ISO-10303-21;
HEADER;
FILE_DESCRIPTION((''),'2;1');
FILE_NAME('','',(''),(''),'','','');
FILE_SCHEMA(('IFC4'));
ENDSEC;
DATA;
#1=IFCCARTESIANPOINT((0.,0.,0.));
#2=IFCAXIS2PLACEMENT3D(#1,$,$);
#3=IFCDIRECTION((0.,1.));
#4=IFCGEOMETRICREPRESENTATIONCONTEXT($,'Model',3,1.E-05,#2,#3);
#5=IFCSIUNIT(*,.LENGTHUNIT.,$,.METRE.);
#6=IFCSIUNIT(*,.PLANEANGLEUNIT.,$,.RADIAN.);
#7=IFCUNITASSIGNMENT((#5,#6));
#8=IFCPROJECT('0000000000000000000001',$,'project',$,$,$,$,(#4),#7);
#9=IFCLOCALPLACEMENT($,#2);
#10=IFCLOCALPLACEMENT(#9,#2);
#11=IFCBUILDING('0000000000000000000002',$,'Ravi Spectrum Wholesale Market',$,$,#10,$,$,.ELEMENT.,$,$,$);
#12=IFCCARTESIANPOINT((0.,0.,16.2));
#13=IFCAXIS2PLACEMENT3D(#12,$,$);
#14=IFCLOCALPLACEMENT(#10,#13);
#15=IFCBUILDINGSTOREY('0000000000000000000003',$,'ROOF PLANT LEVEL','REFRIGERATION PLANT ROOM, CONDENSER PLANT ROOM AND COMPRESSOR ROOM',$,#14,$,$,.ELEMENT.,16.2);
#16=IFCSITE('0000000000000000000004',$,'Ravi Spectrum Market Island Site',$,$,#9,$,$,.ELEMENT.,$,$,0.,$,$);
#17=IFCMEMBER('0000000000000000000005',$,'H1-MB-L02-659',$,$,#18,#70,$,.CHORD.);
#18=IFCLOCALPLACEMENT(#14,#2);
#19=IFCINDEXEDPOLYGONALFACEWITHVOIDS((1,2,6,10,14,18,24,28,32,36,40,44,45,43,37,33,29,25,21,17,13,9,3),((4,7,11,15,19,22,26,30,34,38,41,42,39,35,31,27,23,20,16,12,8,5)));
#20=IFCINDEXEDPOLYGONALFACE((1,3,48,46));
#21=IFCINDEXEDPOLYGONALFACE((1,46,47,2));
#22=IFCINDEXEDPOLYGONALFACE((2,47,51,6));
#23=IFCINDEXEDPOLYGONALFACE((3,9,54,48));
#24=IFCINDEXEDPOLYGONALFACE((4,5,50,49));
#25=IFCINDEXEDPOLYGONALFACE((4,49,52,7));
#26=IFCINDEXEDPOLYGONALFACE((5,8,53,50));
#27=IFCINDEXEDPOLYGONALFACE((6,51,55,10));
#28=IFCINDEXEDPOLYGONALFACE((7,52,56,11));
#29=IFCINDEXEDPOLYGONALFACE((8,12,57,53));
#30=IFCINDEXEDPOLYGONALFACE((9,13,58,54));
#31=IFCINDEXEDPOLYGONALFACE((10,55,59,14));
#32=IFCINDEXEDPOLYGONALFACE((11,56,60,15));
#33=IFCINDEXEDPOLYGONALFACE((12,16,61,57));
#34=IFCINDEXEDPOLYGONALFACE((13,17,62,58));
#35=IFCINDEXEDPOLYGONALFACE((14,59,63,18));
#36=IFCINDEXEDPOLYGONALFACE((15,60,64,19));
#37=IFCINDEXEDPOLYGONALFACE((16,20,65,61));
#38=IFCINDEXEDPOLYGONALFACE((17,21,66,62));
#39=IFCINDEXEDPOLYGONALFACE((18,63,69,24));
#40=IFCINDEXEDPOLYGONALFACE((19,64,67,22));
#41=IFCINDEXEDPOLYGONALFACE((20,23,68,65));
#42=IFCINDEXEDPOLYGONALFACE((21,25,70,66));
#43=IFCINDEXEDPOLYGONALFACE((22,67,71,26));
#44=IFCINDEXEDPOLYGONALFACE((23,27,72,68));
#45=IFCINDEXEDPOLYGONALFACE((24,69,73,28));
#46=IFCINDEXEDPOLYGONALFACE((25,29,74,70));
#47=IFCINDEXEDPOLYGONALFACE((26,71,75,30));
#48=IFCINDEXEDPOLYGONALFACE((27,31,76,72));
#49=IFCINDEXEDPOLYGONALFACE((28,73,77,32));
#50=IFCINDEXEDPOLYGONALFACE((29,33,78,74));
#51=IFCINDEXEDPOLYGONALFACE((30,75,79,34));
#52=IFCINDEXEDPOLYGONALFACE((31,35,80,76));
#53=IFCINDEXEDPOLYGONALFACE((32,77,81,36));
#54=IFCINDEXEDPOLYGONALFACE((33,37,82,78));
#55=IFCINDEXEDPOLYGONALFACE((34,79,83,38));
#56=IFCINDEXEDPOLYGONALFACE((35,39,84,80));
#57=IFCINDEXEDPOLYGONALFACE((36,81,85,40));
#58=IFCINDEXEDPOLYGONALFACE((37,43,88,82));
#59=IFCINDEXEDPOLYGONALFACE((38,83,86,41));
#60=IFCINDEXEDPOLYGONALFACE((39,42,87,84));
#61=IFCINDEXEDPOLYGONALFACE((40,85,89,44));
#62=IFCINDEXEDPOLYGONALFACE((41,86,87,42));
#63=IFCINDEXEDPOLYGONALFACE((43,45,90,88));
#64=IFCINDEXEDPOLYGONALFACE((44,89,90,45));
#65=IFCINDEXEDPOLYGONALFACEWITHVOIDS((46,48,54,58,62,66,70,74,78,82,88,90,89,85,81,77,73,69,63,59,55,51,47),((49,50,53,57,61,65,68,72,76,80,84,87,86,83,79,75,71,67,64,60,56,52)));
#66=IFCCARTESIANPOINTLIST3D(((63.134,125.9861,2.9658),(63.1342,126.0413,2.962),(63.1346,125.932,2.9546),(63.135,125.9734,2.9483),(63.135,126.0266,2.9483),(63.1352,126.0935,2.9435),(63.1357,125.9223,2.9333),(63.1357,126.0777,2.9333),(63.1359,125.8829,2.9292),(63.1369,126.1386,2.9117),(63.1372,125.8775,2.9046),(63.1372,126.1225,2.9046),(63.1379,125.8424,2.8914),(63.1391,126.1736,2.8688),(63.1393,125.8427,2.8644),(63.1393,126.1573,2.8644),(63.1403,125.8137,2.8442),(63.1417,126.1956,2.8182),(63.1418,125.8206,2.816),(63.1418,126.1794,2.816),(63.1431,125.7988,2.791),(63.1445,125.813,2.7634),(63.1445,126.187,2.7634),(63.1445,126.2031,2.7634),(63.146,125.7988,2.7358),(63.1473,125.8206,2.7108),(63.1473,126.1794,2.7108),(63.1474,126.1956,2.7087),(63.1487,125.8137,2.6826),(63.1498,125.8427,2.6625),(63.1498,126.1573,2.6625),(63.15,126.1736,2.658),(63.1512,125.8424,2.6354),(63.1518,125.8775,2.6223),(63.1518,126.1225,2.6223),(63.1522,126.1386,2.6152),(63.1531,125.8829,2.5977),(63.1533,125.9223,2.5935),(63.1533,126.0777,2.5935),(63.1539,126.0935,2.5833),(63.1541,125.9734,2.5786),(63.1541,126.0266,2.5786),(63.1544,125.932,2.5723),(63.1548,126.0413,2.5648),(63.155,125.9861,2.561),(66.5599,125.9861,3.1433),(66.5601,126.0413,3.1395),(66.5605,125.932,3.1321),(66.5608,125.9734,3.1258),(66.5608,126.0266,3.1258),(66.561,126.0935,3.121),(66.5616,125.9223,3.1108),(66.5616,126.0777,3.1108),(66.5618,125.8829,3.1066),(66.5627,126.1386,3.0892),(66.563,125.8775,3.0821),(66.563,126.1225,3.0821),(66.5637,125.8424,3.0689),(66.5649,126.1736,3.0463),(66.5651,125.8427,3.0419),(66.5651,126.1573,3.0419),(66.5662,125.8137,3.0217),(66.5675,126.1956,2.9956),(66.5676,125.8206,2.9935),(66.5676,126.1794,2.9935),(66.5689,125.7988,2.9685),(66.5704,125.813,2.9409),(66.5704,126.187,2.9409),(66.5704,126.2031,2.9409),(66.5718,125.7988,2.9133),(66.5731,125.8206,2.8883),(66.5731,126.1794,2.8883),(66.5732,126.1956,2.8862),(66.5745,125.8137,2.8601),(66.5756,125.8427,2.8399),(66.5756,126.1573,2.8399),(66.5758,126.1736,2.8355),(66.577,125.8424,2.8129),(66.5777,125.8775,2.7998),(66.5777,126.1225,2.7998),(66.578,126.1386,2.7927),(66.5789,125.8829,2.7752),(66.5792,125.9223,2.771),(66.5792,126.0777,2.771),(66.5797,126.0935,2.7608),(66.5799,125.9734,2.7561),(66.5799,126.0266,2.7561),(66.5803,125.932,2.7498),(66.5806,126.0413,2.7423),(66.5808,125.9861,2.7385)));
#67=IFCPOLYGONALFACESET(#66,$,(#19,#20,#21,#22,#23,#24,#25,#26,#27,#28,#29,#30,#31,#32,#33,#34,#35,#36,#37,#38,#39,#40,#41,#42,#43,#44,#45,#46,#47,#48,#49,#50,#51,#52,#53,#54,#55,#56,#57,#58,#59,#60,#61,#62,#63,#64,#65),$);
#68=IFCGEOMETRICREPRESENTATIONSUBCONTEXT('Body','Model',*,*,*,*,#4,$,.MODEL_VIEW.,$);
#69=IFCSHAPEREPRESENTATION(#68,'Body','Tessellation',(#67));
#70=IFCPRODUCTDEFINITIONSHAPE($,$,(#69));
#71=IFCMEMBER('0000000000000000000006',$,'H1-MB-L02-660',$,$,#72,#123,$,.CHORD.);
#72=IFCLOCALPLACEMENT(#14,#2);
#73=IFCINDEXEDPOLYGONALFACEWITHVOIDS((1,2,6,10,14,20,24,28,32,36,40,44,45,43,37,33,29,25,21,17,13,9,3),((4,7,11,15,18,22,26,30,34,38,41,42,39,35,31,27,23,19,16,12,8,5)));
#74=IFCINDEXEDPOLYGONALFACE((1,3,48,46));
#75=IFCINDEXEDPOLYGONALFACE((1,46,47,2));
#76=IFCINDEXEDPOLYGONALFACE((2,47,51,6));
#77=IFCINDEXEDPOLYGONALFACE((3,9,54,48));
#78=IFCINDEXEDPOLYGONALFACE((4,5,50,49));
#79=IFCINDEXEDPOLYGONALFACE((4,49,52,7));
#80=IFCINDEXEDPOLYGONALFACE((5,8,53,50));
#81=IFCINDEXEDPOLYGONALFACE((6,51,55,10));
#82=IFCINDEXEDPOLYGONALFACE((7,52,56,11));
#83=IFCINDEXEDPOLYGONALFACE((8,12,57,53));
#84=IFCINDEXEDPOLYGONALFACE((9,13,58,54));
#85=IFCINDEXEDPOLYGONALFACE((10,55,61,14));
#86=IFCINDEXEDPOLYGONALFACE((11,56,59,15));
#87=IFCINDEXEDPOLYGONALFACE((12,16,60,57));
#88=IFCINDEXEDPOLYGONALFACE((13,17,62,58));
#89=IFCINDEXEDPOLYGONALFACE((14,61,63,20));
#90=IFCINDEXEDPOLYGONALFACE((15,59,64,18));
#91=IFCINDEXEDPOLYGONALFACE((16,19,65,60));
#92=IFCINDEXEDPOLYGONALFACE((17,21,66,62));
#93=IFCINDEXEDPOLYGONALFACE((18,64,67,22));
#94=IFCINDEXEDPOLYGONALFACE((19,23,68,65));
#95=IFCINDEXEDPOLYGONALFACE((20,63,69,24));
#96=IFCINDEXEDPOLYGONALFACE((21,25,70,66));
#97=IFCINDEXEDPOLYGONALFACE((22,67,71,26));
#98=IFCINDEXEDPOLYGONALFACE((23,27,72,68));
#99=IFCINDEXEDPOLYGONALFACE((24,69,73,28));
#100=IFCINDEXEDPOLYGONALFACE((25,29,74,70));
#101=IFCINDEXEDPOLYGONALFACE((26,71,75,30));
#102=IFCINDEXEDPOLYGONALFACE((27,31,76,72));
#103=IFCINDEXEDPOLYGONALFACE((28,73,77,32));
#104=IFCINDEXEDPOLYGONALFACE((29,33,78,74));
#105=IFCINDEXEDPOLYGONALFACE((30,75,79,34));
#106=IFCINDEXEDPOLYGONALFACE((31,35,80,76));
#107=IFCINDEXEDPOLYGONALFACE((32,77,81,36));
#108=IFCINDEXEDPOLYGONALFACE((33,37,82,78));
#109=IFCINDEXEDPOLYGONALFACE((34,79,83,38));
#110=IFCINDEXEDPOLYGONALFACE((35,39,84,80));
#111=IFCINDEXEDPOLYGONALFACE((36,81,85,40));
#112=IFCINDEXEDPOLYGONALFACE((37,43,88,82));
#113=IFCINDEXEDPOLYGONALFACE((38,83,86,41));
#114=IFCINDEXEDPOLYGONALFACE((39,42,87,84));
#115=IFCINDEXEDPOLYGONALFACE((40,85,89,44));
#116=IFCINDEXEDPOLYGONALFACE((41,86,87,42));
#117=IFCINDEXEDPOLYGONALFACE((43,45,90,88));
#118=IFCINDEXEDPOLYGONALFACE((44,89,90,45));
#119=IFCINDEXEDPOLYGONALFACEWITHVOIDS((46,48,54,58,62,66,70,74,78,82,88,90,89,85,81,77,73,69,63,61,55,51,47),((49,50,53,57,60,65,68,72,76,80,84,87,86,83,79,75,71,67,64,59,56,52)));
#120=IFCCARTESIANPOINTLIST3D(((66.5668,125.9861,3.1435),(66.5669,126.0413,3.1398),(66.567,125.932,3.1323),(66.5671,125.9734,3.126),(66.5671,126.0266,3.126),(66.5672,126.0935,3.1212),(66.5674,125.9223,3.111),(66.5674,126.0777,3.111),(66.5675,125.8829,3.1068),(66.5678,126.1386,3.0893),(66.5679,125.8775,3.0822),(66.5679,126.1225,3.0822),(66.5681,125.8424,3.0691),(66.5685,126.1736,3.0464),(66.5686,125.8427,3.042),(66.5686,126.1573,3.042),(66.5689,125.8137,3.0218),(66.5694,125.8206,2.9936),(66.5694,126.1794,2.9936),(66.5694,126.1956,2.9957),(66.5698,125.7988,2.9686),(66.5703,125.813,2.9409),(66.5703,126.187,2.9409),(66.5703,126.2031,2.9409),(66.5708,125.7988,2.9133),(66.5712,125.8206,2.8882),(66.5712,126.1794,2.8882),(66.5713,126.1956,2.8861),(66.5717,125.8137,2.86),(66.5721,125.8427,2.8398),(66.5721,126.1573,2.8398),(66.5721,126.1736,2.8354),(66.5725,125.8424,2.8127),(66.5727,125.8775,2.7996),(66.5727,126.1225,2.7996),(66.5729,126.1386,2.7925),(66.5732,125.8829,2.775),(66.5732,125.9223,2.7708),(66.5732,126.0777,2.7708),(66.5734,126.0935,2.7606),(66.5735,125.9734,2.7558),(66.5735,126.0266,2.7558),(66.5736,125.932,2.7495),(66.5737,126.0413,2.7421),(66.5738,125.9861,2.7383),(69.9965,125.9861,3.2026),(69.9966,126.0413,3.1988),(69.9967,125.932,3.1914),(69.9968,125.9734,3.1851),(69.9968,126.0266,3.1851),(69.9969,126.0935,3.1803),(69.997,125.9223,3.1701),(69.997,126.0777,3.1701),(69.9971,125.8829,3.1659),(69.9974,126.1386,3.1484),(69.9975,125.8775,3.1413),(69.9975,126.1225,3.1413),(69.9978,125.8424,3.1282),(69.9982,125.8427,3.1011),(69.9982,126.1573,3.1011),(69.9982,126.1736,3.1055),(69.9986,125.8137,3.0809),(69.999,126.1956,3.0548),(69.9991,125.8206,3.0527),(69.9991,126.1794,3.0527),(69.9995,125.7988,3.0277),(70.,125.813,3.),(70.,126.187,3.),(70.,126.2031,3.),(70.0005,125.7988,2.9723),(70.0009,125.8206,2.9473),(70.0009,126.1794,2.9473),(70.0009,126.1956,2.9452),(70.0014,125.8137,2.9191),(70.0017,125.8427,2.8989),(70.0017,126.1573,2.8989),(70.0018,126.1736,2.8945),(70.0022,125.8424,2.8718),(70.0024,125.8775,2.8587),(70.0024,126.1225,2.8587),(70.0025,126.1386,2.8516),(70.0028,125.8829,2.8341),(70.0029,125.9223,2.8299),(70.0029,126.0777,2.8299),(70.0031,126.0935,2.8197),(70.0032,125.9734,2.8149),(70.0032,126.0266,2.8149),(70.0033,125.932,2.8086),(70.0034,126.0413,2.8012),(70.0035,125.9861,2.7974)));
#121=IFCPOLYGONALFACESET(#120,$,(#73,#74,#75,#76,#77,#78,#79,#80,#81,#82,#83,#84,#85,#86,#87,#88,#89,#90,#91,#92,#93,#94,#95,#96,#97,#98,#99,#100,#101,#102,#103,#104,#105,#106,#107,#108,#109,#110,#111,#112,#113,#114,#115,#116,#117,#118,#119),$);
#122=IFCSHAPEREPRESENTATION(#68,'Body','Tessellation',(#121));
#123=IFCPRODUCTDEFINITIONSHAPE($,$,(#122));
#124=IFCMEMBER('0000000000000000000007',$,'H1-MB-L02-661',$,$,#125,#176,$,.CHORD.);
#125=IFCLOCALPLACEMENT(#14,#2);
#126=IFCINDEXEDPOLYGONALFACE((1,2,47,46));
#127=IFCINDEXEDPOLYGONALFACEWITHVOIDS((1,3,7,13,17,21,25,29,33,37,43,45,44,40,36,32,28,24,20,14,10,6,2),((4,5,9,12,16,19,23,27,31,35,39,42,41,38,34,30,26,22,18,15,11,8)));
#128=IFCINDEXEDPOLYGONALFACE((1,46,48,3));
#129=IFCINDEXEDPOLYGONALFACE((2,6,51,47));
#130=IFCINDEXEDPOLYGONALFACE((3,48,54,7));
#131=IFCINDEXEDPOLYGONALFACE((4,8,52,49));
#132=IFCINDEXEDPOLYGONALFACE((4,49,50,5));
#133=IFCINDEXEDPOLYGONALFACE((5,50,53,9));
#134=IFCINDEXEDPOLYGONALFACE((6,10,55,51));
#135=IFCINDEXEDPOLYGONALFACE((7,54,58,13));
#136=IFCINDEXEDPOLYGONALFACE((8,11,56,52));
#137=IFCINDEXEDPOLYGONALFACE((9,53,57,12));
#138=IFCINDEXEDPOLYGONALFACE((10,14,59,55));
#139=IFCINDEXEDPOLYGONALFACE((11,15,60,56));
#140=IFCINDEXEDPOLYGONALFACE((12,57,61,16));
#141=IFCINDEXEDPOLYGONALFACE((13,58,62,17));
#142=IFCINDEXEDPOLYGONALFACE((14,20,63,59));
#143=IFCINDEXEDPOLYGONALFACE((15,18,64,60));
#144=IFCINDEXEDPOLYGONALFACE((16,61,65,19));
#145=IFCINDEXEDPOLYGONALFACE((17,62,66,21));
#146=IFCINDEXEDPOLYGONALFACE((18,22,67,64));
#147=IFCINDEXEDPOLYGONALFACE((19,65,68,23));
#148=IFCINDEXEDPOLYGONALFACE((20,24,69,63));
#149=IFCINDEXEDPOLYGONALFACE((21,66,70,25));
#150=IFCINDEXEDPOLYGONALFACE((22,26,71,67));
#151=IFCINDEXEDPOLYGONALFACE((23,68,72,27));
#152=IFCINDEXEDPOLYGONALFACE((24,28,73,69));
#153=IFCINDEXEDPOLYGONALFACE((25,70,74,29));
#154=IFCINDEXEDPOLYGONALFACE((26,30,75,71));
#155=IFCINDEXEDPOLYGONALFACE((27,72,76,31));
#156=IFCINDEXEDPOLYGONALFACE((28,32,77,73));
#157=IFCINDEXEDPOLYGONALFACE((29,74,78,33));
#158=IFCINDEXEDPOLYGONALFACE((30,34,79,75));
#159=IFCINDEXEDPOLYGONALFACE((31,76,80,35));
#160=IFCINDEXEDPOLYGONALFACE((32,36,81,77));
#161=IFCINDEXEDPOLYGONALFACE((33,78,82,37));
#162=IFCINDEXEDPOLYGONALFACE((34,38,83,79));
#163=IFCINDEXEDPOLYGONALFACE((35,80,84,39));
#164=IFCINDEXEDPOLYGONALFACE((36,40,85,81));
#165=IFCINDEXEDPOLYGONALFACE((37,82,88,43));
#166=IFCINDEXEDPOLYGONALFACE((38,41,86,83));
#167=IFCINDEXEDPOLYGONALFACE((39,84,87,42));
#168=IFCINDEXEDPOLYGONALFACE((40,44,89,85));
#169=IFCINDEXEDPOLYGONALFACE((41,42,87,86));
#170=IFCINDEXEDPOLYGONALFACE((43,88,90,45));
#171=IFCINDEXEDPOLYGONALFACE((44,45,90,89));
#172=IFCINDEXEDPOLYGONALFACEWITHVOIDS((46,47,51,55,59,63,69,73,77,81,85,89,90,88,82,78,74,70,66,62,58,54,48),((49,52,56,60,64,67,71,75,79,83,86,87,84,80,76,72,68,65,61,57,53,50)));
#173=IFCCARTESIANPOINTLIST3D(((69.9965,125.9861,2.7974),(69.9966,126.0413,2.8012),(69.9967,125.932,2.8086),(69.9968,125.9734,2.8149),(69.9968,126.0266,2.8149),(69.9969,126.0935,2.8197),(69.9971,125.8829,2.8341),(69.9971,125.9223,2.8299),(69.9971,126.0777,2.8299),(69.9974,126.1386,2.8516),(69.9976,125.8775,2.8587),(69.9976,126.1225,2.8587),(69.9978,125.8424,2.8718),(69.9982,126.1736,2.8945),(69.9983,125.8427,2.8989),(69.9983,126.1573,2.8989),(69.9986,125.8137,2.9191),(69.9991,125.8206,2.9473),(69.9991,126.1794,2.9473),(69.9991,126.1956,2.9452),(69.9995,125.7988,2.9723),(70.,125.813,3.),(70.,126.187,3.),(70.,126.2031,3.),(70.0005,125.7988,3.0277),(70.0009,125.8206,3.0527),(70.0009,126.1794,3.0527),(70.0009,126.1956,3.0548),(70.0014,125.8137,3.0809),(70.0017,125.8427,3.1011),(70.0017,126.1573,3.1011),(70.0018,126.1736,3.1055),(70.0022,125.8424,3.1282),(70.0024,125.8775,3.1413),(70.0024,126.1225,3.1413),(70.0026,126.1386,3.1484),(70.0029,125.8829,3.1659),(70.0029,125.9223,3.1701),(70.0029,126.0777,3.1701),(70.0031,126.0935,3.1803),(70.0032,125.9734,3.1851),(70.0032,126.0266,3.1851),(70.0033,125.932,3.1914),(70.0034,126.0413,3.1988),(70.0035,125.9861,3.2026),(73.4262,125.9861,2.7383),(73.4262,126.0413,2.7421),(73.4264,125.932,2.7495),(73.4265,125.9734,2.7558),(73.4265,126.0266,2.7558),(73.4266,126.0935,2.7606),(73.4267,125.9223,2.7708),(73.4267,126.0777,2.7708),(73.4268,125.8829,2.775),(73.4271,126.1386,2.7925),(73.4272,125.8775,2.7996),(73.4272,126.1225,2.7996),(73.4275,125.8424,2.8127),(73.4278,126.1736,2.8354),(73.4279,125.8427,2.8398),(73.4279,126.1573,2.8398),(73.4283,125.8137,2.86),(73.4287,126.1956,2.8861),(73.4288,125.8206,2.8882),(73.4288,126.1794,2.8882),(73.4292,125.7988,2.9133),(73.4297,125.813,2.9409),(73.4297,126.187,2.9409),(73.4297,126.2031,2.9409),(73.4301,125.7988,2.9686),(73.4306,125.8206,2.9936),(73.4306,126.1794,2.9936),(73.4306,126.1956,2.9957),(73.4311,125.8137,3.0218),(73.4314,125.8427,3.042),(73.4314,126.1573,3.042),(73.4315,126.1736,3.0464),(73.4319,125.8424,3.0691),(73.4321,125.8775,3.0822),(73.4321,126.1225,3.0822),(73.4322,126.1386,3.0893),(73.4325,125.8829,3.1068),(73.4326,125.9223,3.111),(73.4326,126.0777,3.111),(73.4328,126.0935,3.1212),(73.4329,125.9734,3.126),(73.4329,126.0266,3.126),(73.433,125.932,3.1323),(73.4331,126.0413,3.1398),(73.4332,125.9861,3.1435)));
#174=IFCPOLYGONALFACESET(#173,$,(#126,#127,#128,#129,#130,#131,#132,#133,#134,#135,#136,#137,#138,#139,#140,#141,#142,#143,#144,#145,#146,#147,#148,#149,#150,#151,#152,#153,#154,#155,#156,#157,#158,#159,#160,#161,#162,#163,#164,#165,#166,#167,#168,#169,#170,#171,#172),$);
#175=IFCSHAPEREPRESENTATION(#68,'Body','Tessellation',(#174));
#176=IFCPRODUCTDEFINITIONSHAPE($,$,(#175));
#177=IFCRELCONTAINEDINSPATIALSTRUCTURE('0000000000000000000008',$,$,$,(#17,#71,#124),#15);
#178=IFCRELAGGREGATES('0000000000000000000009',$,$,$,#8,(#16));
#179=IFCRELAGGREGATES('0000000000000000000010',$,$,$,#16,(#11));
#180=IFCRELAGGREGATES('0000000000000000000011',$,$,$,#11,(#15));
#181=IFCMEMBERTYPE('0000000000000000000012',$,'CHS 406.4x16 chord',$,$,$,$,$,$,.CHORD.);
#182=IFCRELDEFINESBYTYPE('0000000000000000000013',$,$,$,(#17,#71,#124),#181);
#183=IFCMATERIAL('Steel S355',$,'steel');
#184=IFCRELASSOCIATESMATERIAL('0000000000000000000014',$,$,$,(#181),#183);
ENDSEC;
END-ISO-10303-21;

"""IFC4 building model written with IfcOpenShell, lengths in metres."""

from ifc_helpers import new_model, si_unit, direction, frame, origin, origin_2d, place, context, subcontext, project, spatial, hollow_circle, extrude, material, material_profile, profile_set, type_object, element, save


model = new_model("IFC4")

# Units and contexts
model_context = context("Model", 3, precision=1e-05, world=origin(), true_north=direction((0.0, 1.0)))
body_context = subcontext(model_context, "Body", "Model", "MODEL_VIEW")
ifc_project = project(units=[si_unit("LENGTHUNIT", "METRE"), si_unit("PLANEANGLEUNIT", "RADIAN")], contexts=[model_context])

# Site, building, storey
site_placement = place(None, origin())
site = spatial("IfcSite", under=ifc_project, at=site_placement, Name="Ravi Spectrum Market Island Site", CompositionType="ELEMENT", RefElevation=0.0)
building_placement = place(site_placement, origin())
building = spatial("IfcBuilding", under=site, at=building_placement, Name="Ravi Spectrum Wholesale Market", CompositionType="ELEMENT")
storey_placement = place(building_placement, frame((0.0, 0.0, 16.2)))
storey = spatial("IfcBuildingStorey", under=building, at=storey_placement, Name="ROOF PLANT LEVEL", Description="REFRIGERATION PLANT ROOM, CONDENSER PLANT ROOM AND COMPRESSOR ROOM", CompositionType="ELEMENT", Elevation=16.2)

# Members
ifc_material_1 = material(Name="Steel S355", Category="steel")
ifc_material_profile_1 = material_profile(ifc_material_1, hollow_circle(Radius=0.2031, WallThickness=0.0161, at=origin_2d()))
ifc_profile_set_1 = profile_set([ifc_material_profile_1], Name="Steel S355")
member_type_1 = type_object("IfcMemberType", Name="CHS 406.4x16 chord", PredefinedType="CHORD", material=ifc_profile_set_1)
for number, where, z_axis, x_axis, name in (
    (1, (63.1445, 126.0, 2.7634), (0.998661, 0.0, 0.051741), (0.0, 1.0, 0.0), "H1-MB-L02-659"),
):
    element("IfcMember", number, at=place(storey_placement, frame(where, z_axis=z_axis, x_axis=x_axis)), inside=storey, type_object=member_type_1, Name=name, PredefinedType="CHORD", context=body_context, shape_type="SweptSolid", body=[
        extrude(hollow_circle(Radius=0.2031, WallThickness=0.0161, at=origin_2d()), origin(), (0.0, 0.0, 1.0), 3.4304),
    ])
for number, where, z_axis, x_axis, name in (
    (2, (66.5703, 126.0, 2.9409), (0.999852, 0.0, 0.017224), (0.0, 1.0, 0.0), "H1-MB-L02-660"),
    (3, (70.0, 126.0, 3.0), (0.999852, 0.0, -0.017224), (0.0, 1.0, 0.0), "H1-MB-L02-661"),
):
    element("IfcMember", number, at=place(storey_placement, frame(where, z_axis=z_axis, x_axis=x_axis)), inside=storey, type_object=member_type_1, Name=name, PredefinedType="CHORD", context=body_context, shape_type="SweptSolid", body=[
        extrude(hollow_circle(Radius=0.2031, WallThickness=0.0161, at=origin_2d()), origin(), (0.0, 0.0, 1.0), 3.4302),
    ])

save(model, "model.ifc")
